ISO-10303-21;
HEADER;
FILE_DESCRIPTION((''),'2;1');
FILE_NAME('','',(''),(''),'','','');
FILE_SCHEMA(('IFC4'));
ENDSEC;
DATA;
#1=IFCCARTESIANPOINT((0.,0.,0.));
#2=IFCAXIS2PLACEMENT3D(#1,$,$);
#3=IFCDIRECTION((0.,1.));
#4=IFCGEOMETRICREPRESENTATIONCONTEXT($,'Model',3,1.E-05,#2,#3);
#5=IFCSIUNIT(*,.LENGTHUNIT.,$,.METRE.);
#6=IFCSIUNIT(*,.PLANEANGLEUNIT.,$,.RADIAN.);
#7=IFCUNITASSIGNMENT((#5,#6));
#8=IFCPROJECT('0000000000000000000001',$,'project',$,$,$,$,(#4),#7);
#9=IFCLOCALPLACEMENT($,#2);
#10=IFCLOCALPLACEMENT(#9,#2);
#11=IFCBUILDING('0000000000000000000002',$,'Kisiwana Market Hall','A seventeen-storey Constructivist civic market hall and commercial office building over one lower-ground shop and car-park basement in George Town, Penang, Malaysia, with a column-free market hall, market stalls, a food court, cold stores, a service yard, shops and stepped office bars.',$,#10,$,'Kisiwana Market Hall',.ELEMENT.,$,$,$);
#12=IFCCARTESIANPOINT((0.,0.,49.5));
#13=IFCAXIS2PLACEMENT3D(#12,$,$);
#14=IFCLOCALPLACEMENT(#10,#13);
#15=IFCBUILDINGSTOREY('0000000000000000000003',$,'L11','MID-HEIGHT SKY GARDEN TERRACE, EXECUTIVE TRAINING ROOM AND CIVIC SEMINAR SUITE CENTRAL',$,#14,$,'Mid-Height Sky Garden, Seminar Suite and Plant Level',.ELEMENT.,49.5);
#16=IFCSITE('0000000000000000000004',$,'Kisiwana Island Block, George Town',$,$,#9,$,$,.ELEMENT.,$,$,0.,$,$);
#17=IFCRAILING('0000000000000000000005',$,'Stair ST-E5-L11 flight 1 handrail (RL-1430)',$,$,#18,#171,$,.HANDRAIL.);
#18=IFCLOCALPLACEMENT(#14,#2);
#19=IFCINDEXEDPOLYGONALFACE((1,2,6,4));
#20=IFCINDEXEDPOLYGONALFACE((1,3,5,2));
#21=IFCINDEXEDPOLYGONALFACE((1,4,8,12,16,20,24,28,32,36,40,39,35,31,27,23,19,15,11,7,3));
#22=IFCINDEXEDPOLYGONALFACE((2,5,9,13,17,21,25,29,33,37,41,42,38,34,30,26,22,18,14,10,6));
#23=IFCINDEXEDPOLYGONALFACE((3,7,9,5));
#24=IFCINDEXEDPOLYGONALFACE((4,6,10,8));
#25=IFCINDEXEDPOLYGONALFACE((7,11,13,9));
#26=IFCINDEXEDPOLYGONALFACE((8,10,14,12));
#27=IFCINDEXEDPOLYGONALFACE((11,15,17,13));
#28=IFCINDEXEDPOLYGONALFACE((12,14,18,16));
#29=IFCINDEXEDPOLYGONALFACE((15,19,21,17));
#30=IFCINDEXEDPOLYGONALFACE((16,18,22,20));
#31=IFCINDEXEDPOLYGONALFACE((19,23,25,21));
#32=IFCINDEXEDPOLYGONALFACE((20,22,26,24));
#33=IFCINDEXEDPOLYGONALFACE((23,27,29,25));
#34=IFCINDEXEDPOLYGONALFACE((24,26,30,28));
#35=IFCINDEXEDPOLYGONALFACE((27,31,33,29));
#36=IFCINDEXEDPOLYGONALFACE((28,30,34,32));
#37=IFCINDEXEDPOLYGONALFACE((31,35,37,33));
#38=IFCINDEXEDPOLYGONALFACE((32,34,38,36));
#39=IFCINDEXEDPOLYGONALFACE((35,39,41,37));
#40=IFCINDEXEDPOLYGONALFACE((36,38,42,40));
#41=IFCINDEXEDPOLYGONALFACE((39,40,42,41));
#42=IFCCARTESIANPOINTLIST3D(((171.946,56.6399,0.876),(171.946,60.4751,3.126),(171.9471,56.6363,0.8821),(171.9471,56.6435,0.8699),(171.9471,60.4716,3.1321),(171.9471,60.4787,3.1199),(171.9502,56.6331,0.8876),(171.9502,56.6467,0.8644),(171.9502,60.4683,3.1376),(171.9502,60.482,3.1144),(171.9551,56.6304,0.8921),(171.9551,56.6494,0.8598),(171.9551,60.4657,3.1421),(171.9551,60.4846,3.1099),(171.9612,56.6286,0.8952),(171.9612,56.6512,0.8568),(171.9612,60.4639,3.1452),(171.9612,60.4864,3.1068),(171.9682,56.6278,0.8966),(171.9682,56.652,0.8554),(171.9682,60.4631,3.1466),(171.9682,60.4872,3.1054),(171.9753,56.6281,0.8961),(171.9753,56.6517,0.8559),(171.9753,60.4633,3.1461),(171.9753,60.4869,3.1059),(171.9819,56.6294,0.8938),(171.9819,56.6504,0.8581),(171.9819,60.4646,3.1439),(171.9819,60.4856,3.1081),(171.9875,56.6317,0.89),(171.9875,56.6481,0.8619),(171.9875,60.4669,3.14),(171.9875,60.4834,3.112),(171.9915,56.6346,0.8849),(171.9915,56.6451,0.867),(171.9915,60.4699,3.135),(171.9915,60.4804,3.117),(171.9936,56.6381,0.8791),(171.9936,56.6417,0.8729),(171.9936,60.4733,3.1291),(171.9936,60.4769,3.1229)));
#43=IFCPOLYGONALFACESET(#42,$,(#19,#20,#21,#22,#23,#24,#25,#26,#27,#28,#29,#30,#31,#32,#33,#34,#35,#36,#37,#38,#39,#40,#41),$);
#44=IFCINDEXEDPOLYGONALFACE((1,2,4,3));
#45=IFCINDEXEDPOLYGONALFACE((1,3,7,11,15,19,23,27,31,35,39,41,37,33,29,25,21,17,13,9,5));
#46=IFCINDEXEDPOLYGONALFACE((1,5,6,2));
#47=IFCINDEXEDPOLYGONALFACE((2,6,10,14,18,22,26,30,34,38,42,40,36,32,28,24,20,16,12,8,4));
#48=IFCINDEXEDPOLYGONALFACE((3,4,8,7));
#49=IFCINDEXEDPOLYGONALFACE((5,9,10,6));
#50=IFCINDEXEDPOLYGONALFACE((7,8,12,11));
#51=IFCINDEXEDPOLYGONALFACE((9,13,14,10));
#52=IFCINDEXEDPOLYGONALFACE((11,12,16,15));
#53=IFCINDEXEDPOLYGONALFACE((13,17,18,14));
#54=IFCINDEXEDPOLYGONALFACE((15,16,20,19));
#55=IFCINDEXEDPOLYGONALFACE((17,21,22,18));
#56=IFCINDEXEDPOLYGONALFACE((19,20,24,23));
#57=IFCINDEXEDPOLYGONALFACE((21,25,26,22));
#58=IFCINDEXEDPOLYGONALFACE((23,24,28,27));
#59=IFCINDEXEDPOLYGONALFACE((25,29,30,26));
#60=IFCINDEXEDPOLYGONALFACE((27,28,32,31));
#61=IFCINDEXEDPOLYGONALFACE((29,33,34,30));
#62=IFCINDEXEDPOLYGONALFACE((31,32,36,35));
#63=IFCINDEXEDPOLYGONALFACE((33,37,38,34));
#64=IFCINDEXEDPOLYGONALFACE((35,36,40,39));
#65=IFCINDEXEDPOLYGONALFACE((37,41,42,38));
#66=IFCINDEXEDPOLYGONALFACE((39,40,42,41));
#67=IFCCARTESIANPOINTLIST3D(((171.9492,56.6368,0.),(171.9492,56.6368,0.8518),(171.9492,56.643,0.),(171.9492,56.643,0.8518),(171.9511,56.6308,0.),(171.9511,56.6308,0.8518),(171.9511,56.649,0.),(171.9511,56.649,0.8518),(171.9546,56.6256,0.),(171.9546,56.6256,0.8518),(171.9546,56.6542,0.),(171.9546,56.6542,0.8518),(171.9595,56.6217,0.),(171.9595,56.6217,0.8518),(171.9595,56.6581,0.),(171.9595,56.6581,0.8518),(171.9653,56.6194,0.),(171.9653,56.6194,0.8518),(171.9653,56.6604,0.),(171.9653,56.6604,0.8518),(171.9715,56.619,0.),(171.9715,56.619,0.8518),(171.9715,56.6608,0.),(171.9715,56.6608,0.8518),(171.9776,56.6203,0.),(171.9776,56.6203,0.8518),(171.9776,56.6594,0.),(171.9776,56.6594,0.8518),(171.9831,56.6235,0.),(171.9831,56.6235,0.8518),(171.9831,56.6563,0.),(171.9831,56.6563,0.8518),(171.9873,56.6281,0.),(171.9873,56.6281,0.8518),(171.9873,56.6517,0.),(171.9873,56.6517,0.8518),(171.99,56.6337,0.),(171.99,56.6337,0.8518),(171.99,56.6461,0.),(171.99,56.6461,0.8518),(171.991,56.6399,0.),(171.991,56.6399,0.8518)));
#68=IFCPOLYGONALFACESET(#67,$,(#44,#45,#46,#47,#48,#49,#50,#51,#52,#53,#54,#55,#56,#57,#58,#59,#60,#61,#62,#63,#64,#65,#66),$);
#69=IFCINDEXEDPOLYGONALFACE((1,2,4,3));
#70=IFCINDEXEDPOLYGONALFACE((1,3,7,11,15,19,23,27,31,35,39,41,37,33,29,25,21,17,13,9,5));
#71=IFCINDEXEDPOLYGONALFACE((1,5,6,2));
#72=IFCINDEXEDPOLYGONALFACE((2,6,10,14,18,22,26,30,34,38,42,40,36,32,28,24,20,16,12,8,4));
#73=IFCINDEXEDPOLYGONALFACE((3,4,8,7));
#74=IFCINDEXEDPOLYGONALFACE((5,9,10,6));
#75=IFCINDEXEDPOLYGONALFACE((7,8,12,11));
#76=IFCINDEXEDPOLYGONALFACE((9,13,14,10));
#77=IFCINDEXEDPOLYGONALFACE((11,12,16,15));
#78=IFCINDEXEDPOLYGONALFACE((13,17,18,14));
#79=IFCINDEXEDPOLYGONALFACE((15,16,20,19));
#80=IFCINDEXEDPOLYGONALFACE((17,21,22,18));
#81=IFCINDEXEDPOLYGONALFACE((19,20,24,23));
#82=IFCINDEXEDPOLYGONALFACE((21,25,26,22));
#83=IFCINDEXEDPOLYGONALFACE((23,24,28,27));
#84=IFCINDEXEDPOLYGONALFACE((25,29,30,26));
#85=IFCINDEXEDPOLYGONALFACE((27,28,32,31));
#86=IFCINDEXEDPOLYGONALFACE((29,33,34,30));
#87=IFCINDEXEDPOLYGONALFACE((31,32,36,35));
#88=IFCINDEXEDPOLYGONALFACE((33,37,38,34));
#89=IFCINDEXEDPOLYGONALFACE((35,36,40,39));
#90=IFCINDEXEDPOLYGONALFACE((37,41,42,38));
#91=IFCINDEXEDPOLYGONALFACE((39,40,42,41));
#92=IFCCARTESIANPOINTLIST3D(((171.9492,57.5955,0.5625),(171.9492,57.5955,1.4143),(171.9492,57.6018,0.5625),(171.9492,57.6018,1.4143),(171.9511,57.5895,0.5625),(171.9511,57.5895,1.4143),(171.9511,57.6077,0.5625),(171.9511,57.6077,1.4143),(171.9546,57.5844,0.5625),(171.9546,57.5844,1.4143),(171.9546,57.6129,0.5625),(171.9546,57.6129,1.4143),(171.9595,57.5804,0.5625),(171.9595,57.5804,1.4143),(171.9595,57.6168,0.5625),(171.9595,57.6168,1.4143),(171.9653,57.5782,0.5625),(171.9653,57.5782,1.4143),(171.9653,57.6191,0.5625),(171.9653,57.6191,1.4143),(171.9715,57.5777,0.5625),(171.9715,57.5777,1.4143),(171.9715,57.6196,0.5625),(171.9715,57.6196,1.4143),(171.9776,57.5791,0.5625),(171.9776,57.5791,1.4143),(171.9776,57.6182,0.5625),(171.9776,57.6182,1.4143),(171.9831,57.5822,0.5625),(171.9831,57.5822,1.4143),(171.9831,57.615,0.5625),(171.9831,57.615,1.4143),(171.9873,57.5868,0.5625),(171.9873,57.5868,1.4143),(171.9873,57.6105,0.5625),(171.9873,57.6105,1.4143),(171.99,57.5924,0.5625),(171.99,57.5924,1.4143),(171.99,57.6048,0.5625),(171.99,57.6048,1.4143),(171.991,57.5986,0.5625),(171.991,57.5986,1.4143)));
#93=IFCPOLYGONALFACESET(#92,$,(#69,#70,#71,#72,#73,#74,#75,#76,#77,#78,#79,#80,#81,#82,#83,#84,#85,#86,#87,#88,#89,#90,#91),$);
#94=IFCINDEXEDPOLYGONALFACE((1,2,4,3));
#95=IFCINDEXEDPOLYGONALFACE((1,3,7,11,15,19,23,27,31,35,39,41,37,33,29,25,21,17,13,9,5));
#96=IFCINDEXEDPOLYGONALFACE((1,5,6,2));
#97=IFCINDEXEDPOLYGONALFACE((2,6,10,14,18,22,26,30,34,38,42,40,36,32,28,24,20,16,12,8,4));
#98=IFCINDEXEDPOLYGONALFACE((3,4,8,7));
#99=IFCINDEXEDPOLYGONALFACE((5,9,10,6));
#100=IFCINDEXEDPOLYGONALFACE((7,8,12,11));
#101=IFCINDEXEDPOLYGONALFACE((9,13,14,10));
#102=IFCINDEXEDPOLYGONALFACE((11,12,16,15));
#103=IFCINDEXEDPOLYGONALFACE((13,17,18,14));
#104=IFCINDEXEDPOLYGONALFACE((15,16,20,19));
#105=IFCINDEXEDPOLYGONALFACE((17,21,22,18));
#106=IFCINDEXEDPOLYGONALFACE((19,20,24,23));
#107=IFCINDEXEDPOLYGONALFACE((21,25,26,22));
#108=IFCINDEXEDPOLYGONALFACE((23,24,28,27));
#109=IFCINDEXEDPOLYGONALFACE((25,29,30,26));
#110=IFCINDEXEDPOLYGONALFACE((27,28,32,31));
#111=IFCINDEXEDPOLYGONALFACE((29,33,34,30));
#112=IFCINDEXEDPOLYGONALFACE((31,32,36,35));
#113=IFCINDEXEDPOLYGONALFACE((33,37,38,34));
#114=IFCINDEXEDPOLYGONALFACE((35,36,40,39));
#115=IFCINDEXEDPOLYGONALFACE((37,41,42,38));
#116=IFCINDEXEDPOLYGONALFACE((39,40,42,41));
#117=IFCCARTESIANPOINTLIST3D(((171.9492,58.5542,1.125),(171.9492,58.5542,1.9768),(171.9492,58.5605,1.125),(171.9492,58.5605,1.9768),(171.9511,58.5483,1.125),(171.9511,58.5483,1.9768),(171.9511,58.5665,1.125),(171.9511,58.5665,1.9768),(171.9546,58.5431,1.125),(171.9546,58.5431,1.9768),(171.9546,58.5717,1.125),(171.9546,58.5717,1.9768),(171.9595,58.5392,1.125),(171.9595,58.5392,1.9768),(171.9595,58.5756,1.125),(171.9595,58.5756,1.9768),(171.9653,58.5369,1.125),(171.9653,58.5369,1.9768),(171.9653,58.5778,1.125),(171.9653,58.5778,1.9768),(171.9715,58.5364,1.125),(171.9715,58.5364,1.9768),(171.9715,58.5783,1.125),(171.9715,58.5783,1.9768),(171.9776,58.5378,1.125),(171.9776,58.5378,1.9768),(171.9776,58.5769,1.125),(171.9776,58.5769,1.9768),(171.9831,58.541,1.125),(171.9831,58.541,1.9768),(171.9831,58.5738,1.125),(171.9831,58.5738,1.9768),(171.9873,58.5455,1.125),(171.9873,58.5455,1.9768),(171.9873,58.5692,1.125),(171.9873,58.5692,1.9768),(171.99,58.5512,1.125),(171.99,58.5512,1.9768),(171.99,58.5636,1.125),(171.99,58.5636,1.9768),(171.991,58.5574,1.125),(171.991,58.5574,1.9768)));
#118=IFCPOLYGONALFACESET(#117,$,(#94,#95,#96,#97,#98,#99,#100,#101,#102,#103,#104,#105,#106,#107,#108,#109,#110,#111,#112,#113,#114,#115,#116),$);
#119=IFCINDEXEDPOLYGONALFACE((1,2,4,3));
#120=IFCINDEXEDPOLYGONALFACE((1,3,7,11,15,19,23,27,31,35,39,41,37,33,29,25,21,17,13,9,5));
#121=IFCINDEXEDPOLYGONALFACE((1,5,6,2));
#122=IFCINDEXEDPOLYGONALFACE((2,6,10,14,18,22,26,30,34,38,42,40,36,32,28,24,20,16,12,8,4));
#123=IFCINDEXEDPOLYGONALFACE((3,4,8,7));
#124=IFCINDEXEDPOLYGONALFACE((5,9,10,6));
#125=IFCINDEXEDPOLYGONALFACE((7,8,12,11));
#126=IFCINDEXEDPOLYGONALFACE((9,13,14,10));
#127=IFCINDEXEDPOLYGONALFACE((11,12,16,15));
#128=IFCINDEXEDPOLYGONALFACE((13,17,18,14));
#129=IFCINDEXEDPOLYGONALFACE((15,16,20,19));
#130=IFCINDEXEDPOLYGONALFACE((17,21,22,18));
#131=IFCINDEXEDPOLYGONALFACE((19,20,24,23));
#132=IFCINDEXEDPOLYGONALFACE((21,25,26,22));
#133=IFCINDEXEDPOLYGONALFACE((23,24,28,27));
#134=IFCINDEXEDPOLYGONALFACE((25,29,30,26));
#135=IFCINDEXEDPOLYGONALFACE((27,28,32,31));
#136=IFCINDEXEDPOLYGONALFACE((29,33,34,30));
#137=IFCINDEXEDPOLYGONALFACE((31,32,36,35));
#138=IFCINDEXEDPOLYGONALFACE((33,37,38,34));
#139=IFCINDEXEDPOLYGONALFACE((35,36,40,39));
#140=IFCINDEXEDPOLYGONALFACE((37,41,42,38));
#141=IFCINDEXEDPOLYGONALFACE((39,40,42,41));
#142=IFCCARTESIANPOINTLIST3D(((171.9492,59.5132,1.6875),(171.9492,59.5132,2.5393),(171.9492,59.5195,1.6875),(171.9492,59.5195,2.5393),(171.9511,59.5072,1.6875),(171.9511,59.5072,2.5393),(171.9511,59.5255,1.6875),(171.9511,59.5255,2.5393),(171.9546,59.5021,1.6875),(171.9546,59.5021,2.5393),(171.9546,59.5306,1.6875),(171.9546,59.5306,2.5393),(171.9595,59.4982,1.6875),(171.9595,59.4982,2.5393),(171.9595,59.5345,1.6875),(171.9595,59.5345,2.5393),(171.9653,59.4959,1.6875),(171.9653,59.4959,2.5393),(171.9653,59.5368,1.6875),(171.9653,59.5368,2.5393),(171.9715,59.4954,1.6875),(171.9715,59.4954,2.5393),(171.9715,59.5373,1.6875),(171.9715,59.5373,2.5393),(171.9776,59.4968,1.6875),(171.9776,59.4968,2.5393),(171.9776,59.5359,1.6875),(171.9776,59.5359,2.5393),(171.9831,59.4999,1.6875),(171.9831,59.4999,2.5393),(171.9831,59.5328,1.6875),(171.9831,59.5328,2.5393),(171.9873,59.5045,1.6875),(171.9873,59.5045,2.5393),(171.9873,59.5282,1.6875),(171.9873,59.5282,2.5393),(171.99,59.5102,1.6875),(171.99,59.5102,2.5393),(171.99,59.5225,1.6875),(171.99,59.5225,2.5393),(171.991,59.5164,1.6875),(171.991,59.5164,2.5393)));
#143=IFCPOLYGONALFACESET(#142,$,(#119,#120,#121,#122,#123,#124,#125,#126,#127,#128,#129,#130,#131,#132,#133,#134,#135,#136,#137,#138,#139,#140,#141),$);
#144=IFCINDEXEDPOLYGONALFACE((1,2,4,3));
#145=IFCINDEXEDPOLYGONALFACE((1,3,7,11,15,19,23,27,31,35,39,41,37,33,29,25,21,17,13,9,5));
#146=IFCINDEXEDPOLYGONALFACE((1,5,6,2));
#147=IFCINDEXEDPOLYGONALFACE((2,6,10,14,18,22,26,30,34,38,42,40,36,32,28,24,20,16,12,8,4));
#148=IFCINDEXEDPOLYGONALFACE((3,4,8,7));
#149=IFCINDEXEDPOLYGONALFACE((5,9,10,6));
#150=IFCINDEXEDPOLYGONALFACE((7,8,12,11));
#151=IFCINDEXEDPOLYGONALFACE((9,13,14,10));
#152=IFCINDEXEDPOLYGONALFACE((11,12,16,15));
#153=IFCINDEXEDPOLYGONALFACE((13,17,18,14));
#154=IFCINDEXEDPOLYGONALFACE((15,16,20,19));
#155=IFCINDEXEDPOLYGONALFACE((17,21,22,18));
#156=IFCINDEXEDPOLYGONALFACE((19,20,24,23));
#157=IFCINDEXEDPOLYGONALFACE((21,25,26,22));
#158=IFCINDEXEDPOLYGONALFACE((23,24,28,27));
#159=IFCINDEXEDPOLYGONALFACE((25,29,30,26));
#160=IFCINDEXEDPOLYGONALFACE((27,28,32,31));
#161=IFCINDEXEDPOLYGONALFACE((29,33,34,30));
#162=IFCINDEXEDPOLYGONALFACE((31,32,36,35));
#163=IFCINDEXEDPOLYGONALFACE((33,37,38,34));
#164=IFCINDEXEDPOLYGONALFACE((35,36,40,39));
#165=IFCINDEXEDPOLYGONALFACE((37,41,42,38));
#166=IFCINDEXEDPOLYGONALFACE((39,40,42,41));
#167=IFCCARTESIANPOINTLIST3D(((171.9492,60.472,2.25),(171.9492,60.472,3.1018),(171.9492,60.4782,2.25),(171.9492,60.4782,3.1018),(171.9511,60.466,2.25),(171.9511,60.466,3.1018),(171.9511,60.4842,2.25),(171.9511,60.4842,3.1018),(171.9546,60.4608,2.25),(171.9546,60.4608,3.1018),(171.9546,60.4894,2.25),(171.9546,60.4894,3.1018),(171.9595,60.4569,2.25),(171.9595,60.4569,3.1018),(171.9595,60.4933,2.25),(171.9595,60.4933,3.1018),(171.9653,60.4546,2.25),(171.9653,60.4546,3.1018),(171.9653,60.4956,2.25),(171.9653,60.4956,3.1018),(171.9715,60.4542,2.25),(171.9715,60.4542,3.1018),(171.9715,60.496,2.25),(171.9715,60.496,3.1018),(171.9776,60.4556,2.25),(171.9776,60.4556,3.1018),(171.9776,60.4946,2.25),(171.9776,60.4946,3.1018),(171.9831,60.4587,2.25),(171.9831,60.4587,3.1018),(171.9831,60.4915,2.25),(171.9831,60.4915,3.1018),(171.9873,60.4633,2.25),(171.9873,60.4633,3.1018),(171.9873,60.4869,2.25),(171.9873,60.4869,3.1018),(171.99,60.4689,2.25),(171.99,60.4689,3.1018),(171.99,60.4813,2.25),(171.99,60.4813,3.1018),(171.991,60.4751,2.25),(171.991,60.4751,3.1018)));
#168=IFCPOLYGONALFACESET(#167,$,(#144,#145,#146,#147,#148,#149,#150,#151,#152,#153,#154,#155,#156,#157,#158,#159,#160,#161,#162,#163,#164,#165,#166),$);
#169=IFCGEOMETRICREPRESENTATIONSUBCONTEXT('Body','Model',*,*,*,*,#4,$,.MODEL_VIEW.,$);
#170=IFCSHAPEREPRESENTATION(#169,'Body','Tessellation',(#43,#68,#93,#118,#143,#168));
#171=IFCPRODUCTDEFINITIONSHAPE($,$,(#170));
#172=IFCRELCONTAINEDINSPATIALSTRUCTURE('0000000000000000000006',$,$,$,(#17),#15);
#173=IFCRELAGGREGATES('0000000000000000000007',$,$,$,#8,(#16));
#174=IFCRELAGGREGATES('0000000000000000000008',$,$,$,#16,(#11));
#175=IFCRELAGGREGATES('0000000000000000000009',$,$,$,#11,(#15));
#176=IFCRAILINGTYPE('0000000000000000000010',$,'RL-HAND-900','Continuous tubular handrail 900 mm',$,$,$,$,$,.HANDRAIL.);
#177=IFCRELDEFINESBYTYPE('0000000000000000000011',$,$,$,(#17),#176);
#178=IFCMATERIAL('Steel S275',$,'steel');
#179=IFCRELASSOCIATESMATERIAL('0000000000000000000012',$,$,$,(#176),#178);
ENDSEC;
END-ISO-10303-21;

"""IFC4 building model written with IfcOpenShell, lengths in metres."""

from ifc_helpers import new_model, si_unit, direction, frame, origin, origin_2d, place, context, subcontext, project, spatial, circle, extrude, material, type_object, element, save


model = new_model("IFC4")

# Units and contexts
model_context = context("Model", 3, precision=1e-05, world=origin(), true_north=direction((0.0, 1.0)))
body_context = subcontext(model_context, "Body", "Model", "MODEL_VIEW")
ifc_project = project(units=[si_unit("LENGTHUNIT", "METRE"), si_unit("PLANEANGLEUNIT", "RADIAN")], contexts=[model_context])

# Site, building, storey
site_placement = place(None, origin())
site = spatial("IfcSite", under=ifc_project, at=site_placement, Name="Kisiwana Island Block, George Town", CompositionType="ELEMENT", RefElevation=0.0)
building_placement = place(site_placement, origin())
building = spatial("IfcBuilding", under=site, at=building_placement, Name="Kisiwana Market Hall", Description="A seventeen-storey Constructivist civic market hall and commercial office building over one lower-ground shop and car-park basement in George Town, Penang, Malaysia, with a column-free market hall, market stalls, a food court, cold stores, a service yard, shops and stepped office bars.", LongName="Kisiwana Market Hall", CompositionType="ELEMENT")
storey_placement = place(building_placement, frame((0.0, 0.0, 49.5)))
storey = spatial("IfcBuildingStorey", under=building, at=storey_placement, Name="L11", Description="MID-HEIGHT SKY GARDEN TERRACE, EXECUTIVE TRAINING ROOM AND CIVIC SEMINAR SUITE CENTRAL", LongName="Mid-Height Sky Garden, Seminar Suite and Plant Level", CompositionType="ELEMENT", Elevation=49.5)

# Railing
ifc_material_1 = material(Name="Steel S275", Category="steel")
railing_type_1 = type_object("IfcRailingType", Name="RL-HAND-900", Description="Continuous tubular handrail 900 mm", PredefinedType="HANDRAIL", material=ifc_material_1)
railing_1_placement = place(storey_placement, frame((171.97, 56.6399, 0.0)))
element("IfcRailing", 1, at=railing_1_placement, inside=storey, type_object=railing_type_1, Name="Stair ST-E5-L11 flight 1 handrail (RL-1430)", PredefinedType="HANDRAIL", context=body_context, shape_type="SweptSolid", body=[
    extrude(circle(Radius=0.0239, at=origin_2d()), frame((0.0, 0.0, 0.876), z_axis=(0.0, 0.862524, 0.506017), x_axis=(-1.0, 0.0, 0.0)), (0.0, 0.0, 1.0), 4.4465),
    extrude(circle(Radius=0.021, at=origin_2d()), origin(), (0.0, 0.0, 1.0), 0.8518),
    extrude(circle(Radius=0.021, at=origin_2d()), frame((0.0, 0.9587, 0.5625)), (0.0, 0.0, 1.0), 0.8518),
    extrude(circle(Radius=0.021, at=origin_2d()), frame((0.0, 1.9175, 1.125)), (0.0, 0.0, 1.0), 0.8518),
    extrude(circle(Radius=0.021, at=origin_2d()), frame((0.0, 2.8765, 1.6875)), (0.0, 0.0, 1.0), 0.8518),
    extrude(circle(Radius=0.021, at=origin_2d()), frame((0.0, 3.8352, 2.25)), (0.0, 0.0, 1.0), 0.8518),
])

save(model, "model.ifc")
